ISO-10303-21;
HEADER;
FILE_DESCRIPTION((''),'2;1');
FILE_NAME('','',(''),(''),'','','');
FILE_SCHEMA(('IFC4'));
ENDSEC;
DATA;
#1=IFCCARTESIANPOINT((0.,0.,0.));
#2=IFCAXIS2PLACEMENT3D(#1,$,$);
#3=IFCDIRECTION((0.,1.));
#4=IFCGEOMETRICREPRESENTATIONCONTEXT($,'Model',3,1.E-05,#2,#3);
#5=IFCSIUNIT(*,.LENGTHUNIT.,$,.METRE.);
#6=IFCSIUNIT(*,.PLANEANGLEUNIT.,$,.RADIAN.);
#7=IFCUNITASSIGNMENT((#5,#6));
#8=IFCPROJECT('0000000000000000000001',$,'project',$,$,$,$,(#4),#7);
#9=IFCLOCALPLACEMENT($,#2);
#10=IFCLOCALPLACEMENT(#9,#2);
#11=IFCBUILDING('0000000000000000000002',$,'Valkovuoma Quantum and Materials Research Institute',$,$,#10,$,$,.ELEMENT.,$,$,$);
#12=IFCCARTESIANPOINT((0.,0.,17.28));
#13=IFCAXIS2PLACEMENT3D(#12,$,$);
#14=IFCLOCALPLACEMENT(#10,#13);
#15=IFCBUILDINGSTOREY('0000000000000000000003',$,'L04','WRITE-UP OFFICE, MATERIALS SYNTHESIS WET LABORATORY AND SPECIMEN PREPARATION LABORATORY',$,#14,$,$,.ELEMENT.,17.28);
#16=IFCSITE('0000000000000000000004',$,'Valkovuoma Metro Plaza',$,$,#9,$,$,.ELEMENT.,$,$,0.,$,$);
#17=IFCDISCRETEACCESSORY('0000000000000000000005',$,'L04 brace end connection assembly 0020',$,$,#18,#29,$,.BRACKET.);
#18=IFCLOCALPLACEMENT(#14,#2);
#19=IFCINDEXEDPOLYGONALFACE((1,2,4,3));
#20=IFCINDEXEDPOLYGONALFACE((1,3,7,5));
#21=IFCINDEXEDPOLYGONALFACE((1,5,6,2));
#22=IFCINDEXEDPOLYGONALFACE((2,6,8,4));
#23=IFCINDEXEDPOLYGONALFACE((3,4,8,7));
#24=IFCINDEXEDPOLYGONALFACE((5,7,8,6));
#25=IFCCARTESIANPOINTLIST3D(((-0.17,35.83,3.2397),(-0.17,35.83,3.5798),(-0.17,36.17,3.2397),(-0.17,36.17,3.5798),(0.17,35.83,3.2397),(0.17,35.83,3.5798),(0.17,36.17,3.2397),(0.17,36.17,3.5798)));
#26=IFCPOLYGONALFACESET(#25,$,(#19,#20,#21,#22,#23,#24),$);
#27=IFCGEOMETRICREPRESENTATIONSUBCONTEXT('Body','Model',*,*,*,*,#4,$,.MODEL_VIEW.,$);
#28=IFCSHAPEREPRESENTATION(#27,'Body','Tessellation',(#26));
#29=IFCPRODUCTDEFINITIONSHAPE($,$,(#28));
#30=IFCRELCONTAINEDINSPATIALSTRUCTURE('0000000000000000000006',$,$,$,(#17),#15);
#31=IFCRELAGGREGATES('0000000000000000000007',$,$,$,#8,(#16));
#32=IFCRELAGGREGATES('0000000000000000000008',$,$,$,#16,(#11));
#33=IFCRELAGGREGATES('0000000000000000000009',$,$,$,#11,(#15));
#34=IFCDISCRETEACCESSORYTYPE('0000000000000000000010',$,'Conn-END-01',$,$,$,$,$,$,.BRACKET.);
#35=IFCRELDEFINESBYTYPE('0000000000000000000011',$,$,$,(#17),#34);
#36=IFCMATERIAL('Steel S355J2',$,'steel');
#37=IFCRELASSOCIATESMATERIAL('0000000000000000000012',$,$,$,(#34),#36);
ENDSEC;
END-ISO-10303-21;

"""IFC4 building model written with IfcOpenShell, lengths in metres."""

from ifc_helpers import new_model, si_unit, direction, frame, origin, origin_2d, place, context, subcontext, project, spatial, rectangle, extrude, material, type_object, element, save


model = new_model("IFC4")

# Units and contexts
model_context = context("Model", 3, precision=1e-05, world=origin(), true_north=direction((0.0, 1.0)))
body_context = subcontext(model_context, "Body", "Model", "MODEL_VIEW")
ifc_project = project(units=[si_unit("LENGTHUNIT", "METRE"), si_unit("PLANEANGLEUNIT", "RADIAN")], contexts=[model_context])

# Site, building, storey
site_placement = place(None, origin())
site = spatial("IfcSite", under=ifc_project, at=site_placement, Name="Valkovuoma Metro Plaza", CompositionType="ELEMENT", RefElevation=0.0)
building_placement = place(site_placement, origin())
building = spatial("IfcBuilding", under=site, at=building_placement, Name="Valkovuoma Quantum and Materials Research Institute", CompositionType="ELEMENT")
storey_placement = place(building_placement, frame((0.0, 0.0, 17.28)))
storey = spatial("IfcBuildingStorey", under=building, at=storey_placement, Name="L04", Description="WRITE-UP OFFICE, MATERIALS SYNTHESIS WET LABORATORY AND SPECIMEN PREPARATION LABORATORY", CompositionType="ELEMENT", Elevation=17.28)

# Discrete accessory
ifc_material_1 = material(Name="Steel S355J2", Category="steel")
discrete_accessory_type_1 = type_object("IfcDiscreteAccessoryType", Name="Conn-END-01", PredefinedType="BRACKET", material=ifc_material_1)
discrete_accessory_placement = place(storey_placement, frame((0.0, 36.0, 3.2397), z_axis=(0.0, 0.0, 1.0), x_axis=(1.0, 0.0, 0.0)))
element("IfcDiscreteAccessory", 1, at=discrete_accessory_placement, inside=storey, type_object=discrete_accessory_type_1, Name="L04 brace end connection assembly 0020", PredefinedType="BRACKET", context=body_context, shape_type="SweptSolid", body=[
    extrude(rectangle(XDim=0.3401, YDim=0.3401, at=origin_2d()), origin(), (0.0, 0.0, 1.0), 0.3401),
])

save(model, "model.ifc")
